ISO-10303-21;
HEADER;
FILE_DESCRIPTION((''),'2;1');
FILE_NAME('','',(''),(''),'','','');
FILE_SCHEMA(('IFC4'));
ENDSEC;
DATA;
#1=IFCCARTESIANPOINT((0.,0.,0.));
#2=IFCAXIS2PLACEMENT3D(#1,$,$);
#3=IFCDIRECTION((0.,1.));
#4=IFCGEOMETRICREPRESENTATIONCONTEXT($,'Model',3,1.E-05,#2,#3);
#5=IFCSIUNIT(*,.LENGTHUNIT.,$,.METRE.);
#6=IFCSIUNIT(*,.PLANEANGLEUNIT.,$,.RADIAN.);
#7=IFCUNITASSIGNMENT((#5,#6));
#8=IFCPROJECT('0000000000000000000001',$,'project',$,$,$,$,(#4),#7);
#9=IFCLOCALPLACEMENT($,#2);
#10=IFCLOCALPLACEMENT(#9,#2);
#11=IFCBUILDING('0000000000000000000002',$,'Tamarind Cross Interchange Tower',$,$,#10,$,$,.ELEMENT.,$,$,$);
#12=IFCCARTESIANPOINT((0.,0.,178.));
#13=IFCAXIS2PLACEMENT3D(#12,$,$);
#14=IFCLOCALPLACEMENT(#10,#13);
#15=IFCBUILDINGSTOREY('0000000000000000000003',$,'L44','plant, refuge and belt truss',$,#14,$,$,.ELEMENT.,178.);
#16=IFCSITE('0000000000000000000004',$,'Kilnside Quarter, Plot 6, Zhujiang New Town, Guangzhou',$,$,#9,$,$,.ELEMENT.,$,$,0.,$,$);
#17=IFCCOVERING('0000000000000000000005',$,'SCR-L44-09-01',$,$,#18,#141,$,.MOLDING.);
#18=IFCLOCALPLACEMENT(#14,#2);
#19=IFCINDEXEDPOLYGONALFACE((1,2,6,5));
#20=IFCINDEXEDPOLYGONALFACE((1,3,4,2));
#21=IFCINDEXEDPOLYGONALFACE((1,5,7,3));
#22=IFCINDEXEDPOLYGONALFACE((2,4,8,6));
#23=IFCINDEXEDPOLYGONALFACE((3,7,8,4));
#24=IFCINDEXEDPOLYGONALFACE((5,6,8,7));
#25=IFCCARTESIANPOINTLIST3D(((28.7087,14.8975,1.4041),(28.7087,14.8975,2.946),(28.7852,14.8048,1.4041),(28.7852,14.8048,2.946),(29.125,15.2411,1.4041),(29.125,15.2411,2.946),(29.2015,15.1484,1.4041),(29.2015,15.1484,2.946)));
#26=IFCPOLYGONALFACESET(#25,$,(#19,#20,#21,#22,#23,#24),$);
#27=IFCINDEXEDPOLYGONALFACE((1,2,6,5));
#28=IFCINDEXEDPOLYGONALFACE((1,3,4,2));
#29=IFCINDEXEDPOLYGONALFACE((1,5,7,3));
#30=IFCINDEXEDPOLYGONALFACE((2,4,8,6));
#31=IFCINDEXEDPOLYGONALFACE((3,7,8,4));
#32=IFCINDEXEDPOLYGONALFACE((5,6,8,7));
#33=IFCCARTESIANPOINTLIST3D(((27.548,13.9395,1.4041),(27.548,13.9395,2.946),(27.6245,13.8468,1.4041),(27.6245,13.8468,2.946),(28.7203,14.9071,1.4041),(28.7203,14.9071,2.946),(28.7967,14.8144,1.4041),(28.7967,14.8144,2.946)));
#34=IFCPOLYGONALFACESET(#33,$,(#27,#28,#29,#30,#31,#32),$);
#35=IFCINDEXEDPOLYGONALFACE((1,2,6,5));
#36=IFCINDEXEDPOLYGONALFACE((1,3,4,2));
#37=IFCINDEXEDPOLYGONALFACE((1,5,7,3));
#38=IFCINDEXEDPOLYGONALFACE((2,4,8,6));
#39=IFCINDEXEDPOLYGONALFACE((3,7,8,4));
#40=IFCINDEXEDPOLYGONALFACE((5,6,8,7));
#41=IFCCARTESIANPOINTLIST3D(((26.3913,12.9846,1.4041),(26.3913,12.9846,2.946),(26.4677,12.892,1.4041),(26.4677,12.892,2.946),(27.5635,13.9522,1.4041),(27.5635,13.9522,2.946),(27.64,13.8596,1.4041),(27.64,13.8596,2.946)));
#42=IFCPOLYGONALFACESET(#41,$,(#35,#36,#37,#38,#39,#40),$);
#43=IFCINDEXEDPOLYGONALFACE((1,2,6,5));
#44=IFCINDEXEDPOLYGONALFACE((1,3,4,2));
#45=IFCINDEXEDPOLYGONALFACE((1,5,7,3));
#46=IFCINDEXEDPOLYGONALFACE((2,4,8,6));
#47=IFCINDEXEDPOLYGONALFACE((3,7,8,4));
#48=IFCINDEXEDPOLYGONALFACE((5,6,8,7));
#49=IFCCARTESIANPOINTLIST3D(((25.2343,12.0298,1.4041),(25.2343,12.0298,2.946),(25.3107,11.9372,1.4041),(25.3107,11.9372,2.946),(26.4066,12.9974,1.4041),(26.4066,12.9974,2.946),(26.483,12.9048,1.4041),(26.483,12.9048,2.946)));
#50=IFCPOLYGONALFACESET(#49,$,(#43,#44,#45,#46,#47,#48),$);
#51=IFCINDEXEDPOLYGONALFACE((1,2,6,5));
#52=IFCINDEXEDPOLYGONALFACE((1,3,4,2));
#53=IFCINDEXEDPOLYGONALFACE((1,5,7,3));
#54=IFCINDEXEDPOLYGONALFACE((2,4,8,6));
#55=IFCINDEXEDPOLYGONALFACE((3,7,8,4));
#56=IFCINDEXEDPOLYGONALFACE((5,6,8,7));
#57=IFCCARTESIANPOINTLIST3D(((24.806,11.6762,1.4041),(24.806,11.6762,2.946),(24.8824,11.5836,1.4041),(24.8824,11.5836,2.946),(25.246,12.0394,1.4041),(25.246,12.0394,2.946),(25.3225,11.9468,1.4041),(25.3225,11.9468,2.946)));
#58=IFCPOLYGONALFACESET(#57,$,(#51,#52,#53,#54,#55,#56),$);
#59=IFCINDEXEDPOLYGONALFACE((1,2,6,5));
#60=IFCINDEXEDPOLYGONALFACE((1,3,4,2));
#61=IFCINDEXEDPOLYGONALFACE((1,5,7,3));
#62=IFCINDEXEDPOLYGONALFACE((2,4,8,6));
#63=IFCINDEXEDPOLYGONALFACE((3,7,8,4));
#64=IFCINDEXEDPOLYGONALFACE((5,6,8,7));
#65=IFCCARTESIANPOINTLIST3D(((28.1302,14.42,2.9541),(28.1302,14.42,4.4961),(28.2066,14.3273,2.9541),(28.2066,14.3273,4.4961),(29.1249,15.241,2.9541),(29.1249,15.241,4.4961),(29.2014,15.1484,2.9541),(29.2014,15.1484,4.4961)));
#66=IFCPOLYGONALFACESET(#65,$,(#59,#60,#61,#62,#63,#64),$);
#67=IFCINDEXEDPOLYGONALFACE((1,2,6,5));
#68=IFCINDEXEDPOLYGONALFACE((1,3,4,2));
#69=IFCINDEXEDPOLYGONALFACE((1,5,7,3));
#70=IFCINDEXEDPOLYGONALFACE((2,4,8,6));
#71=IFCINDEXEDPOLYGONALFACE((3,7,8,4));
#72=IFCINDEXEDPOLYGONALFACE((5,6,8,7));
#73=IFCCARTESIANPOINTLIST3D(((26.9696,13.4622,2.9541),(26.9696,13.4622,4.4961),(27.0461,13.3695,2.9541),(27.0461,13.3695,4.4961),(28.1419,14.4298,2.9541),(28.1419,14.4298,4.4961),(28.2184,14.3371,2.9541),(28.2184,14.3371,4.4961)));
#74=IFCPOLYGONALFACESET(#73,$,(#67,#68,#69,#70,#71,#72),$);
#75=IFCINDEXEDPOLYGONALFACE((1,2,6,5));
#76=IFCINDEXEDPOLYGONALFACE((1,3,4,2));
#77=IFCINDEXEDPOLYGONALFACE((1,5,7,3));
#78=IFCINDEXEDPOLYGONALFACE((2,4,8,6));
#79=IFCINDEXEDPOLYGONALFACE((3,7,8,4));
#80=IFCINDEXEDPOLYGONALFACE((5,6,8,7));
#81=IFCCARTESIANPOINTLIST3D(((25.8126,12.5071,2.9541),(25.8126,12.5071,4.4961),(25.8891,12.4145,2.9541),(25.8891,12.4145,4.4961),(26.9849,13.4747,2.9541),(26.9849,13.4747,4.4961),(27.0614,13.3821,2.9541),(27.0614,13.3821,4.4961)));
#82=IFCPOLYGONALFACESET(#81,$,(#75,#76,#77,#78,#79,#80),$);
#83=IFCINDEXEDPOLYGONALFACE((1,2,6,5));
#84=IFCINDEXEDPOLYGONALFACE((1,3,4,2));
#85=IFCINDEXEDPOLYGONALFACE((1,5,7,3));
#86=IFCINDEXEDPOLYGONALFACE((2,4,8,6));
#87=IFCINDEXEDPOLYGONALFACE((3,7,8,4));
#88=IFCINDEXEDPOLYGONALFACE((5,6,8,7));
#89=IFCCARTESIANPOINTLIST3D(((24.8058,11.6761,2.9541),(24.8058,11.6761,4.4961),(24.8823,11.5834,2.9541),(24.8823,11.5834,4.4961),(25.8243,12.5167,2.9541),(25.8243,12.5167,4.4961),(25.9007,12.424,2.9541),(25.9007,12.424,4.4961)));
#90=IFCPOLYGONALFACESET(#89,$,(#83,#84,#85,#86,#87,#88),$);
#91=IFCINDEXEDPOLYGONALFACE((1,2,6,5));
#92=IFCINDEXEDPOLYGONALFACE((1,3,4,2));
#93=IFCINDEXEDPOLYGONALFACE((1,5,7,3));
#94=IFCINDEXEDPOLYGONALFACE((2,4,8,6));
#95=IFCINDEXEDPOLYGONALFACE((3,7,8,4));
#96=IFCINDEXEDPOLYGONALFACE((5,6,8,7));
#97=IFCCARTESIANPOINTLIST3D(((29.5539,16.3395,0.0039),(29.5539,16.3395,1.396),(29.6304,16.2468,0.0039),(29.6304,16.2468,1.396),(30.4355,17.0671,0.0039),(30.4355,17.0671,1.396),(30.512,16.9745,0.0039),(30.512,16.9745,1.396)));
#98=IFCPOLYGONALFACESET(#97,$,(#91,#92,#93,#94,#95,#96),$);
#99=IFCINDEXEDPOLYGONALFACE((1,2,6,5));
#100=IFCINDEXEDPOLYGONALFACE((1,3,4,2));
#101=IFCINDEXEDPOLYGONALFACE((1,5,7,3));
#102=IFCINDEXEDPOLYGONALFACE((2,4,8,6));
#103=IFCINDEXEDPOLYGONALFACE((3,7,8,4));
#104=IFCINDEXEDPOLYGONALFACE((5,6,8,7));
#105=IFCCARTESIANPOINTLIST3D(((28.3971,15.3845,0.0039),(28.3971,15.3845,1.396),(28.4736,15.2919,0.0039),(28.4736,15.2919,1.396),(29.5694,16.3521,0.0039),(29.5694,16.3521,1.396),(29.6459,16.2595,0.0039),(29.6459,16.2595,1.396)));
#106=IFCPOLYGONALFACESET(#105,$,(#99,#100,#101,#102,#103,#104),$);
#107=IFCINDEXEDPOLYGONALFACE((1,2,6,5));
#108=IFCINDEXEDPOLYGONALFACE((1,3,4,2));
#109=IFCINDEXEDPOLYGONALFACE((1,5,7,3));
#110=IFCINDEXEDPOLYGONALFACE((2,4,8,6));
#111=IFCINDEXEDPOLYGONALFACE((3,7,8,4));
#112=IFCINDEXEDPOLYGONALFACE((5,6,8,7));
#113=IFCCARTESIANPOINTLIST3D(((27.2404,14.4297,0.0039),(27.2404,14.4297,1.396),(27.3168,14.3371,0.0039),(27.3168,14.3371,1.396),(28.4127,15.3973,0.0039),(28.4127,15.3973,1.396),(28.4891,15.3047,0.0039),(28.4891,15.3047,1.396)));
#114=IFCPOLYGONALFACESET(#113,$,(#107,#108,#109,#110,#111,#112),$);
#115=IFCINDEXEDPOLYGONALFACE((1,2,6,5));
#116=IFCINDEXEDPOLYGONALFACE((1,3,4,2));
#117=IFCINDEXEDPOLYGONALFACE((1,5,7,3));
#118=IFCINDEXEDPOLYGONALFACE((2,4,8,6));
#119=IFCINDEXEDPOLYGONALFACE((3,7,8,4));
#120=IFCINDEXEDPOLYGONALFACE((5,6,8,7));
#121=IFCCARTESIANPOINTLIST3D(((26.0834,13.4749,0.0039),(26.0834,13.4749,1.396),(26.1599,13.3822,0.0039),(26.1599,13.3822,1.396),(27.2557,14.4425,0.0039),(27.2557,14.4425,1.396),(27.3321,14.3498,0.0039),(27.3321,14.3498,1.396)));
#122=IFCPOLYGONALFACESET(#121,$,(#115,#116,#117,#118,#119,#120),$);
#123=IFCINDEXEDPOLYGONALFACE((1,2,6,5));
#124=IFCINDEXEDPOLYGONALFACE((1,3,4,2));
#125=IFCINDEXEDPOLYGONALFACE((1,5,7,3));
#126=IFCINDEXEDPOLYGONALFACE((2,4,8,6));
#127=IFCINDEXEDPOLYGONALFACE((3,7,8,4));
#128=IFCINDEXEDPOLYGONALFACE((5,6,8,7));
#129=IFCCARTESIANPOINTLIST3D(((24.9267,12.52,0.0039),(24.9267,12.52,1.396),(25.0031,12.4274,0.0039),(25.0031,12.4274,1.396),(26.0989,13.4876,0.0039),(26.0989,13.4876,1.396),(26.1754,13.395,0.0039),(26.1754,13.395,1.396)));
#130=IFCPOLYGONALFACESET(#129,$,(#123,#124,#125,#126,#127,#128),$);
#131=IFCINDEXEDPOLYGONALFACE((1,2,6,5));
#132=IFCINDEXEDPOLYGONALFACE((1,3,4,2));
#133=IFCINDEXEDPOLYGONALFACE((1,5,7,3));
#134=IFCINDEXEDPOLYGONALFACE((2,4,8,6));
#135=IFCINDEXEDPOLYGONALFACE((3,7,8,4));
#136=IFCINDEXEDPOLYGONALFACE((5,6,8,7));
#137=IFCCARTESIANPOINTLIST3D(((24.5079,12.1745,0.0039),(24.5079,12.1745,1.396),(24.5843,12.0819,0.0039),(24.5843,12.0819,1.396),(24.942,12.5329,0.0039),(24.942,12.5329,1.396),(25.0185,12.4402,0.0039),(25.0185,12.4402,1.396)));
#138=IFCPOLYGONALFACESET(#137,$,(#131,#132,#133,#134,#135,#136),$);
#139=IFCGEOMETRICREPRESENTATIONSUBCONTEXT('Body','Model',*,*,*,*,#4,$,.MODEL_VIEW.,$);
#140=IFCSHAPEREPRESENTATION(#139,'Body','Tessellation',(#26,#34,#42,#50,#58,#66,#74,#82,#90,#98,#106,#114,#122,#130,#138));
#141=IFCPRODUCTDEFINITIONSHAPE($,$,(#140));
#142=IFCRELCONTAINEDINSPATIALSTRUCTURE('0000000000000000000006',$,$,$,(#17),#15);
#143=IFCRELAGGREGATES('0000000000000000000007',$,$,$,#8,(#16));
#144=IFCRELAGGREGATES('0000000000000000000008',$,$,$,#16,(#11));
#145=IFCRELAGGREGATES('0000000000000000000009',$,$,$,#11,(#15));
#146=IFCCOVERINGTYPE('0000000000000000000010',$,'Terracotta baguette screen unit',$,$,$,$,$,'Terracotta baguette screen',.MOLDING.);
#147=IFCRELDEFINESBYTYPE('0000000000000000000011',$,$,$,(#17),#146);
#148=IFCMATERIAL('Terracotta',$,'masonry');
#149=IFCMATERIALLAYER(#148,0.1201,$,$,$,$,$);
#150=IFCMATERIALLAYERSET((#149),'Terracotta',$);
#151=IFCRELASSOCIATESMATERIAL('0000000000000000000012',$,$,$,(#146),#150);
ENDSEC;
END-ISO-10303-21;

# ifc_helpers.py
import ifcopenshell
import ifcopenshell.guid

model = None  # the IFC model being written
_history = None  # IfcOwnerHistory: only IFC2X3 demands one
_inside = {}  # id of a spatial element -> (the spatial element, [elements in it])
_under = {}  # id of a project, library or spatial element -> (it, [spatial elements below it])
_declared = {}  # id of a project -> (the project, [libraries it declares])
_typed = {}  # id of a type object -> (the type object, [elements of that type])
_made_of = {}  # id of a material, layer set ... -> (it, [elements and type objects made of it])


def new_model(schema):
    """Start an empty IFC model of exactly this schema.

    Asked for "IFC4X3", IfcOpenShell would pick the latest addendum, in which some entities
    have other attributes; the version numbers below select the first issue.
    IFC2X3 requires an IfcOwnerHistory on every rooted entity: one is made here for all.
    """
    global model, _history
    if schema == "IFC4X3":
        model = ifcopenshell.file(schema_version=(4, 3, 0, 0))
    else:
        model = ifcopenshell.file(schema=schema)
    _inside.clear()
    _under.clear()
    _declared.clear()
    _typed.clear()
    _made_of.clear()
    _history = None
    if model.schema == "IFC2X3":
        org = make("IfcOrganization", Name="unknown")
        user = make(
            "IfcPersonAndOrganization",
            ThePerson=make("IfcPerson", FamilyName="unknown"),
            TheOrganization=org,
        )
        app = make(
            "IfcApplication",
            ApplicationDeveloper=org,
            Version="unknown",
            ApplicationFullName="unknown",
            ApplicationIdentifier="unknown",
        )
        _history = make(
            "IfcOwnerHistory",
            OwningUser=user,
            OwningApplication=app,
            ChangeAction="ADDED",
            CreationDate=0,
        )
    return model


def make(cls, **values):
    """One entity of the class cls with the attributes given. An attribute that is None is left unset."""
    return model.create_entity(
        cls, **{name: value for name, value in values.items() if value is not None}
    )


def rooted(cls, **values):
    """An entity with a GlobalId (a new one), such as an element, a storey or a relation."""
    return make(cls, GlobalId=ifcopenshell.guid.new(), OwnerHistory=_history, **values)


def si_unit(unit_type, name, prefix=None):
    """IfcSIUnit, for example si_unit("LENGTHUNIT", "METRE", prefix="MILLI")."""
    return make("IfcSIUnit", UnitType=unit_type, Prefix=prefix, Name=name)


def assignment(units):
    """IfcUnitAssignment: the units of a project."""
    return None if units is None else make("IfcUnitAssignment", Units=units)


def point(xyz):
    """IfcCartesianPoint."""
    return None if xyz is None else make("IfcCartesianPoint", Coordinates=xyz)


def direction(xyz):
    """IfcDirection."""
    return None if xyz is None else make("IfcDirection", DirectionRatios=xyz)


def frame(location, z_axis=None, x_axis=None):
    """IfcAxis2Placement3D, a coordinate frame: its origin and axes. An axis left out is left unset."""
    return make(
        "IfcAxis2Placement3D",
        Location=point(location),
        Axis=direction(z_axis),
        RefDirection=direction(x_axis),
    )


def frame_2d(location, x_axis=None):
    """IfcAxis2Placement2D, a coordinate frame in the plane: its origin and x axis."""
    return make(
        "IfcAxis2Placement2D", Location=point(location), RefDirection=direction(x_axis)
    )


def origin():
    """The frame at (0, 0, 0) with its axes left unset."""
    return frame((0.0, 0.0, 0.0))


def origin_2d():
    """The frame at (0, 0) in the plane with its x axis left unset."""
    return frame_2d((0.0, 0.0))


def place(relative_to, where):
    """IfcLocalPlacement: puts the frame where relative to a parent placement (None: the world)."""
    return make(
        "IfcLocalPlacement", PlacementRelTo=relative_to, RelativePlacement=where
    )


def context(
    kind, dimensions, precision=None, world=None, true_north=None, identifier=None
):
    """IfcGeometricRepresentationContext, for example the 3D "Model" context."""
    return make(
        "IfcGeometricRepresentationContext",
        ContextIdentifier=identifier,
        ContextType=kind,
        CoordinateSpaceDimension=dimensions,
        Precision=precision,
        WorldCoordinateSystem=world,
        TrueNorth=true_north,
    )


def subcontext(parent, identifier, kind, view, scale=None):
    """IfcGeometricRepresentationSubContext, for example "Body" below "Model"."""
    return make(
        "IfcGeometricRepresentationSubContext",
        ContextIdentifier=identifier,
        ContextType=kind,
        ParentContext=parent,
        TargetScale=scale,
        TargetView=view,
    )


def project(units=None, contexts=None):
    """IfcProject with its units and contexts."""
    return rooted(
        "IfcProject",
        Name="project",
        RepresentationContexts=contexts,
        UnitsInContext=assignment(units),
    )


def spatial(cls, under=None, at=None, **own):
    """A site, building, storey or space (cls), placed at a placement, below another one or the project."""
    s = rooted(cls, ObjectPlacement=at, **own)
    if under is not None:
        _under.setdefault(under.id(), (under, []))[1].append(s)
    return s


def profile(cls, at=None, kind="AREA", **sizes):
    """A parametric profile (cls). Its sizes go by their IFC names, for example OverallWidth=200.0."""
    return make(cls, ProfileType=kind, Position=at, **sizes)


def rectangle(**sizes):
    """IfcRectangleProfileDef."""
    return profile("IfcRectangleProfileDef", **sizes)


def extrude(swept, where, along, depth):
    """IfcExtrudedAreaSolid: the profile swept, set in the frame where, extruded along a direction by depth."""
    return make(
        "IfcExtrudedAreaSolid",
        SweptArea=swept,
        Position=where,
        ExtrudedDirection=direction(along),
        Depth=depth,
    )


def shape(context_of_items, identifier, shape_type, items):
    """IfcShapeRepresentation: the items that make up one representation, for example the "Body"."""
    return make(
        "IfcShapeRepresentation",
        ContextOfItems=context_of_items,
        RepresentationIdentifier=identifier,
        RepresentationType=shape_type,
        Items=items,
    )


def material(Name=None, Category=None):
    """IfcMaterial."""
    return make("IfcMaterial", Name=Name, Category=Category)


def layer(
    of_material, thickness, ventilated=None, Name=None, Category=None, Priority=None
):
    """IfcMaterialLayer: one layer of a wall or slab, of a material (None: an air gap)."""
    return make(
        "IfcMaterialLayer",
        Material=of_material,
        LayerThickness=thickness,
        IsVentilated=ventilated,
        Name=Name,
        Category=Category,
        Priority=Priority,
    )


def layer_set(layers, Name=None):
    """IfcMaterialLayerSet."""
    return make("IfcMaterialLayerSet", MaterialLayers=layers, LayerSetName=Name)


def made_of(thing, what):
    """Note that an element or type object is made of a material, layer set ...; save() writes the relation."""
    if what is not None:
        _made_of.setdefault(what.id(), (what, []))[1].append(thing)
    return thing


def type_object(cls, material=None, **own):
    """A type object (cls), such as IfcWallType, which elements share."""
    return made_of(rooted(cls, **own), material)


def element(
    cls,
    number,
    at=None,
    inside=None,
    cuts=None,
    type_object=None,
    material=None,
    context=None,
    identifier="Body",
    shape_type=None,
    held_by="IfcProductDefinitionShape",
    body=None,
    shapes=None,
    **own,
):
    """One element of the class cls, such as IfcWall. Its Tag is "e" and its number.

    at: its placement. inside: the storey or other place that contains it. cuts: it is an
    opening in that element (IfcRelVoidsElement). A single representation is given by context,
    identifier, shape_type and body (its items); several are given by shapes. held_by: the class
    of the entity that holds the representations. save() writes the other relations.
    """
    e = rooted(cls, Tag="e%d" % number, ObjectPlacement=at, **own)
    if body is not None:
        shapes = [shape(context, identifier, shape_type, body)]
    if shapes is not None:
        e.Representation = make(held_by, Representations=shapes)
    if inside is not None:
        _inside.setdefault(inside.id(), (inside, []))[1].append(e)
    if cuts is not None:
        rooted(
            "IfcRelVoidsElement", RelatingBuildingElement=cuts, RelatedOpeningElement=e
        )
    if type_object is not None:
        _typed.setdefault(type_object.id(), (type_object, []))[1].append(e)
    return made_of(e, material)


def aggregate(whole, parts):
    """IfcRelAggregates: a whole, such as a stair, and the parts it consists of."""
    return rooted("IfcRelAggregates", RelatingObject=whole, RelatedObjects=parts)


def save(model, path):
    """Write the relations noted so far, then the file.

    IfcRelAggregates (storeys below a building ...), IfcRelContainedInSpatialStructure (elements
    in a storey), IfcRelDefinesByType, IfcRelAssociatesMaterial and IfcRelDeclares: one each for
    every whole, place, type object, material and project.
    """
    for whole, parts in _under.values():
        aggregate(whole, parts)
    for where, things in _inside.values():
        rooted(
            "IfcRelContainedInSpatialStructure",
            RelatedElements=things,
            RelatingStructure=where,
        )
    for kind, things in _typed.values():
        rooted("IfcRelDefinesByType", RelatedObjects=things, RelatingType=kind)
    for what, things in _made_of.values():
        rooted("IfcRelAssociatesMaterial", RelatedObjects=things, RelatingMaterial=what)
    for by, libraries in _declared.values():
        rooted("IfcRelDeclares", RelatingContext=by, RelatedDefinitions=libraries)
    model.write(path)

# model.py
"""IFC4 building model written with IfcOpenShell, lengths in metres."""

from ifc_helpers import new_model, si_unit, direction, frame, origin, origin_2d, place, context, subcontext, project, spatial, rectangle, extrude, material, layer, layer_set, type_object, element, save


model = new_model("IFC4")

# Units and contexts
model_context = context("Model", 3, precision=1e-05, world=origin(), true_north=direction((0.0, 1.0)))
body_context = subcontext(model_context, "Body", "Model", "MODEL_VIEW")
ifc_project = project(units=[si_unit("LENGTHUNIT", "METRE"), si_unit("PLANEANGLEUNIT", "RADIAN")], contexts=[model_context])

# Site, building, storey
site_placement = place(None, origin())
site = spatial("IfcSite", under=ifc_project, at=site_placement, Name="Kilnside Quarter, Plot 6, Zhujiang New Town, Guangzhou", CompositionType="ELEMENT", RefElevation=0.0)
building_placement = place(site_placement, origin())
building = spatial("IfcBuilding", under=site, at=building_placement, Name="Tamarind Cross Interchange Tower", CompositionType="ELEMENT")
storey_placement = place(building_placement, frame((0.0, 0.0, 178.0)))
storey = spatial("IfcBuildingStorey", under=building, at=storey_placement, Name="L44", Description="plant, refuge and belt truss", CompositionType="ELEMENT", Elevation=178.0)

# Covering
ifc_material_1 = material(Name="Terracotta", Category="masonry")
ifc_layer_1 = layer(ifc_material_1, 0.1201)
ifc_layer_set_1 = layer_set([ifc_layer_1], Name="Terracotta")
covering_type = type_object("IfcCoveringType", Name="Terracotta baguette screen unit", ElementType="Terracotta baguette screen", PredefinedType="MOLDING", material=ifc_layer_set_1)
covering_1_placement = place(storey_placement, origin())
element("IfcCovering", 1, at=covering_1_placement, inside=storey, type_object=covering_type, Name="SCR-L44-09-01", PredefinedType="MOLDING", context=body_context, shape_type="SweptSolid", body=[
    extrude(rectangle(XDim=0.5398, YDim=0.1201, at=origin_2d()), frame((28.9551, 15.0229, 1.4041), z_axis=(0.0, 0.0, 1.0), x_axis=(-0.771227, -0.63656, 0.0)), (0.0, 0.0, 1.0), 1.542),
    extrude(rectangle(XDim=1.52, YDim=0.1201, at=origin_2d()), frame((28.1724, 14.377, 1.4041), z_axis=(0.0, 0.0, 1.0), x_axis=(-0.771227, -0.63656, 0.0)), (0.0, 0.0, 1.0), 1.542),
    extrude(rectangle(XDim=1.52, YDim=0.1201, at=origin_2d()), frame((27.0156, 13.4221, 1.4041), z_axis=(0.0, 0.0, 1.0), x_axis=(-0.771227, -0.63656, 0.0)), (0.0, 0.0, 1.0), 1.542),
    extrude(rectangle(XDim=1.52, YDim=0.1201, at=origin_2d()), frame((25.8586, 12.4673, 1.4041), z_axis=(0.0, 0.0, 1.0), x_axis=(-0.771227, -0.63656, 0.0)), (0.0, 0.0, 1.0), 1.542),
    extrude(rectangle(XDim=0.5706, YDim=0.1201, at=origin_2d()), frame((25.0642, 11.8115, 1.4041), z_axis=(0.0, 0.0, 1.0), x_axis=(-0.771227, -0.63656, 0.0)), (0.0, 0.0, 1.0), 1.542),
    extrude(rectangle(XDim=1.2898, YDim=0.1201, at=origin_2d()), frame((28.6658, 14.7842, 2.9541), z_axis=(0.0, 0.0, 1.0), x_axis=(-0.771227, -0.63656, 0.0)), (0.0, 0.0, 1.0), 1.542),
    extrude(rectangle(XDim=1.52, YDim=0.1201, at=origin_2d()), frame((27.594, 13.8997, 2.9541), z_axis=(0.0, 0.0, 1.0), x_axis=(-0.771227, -0.63656, 0.0)), (0.0, 0.0, 1.0), 1.542),
    extrude(rectangle(XDim=1.52, YDim=0.1201, at=origin_2d()), frame((26.437, 12.9446, 2.9541), z_axis=(0.0, 0.0, 1.0), x_axis=(-0.771227, -0.63656, 0.0)), (0.0, 0.0, 1.0), 1.542),
    extrude(rectangle(XDim=1.3206, YDim=0.1201, at=origin_2d()), frame((25.3533, 12.05, 2.9541), z_axis=(0.0, 0.0, 1.0), x_axis=(-0.771227, -0.63656, 0.0)), (0.0, 0.0, 1.0), 1.542),
    extrude(rectangle(XDim=1.1431, YDim=0.1201, at=origin_2d()), frame((30.033, 16.657, 0.0039), z_axis=(0.0, 0.0, 1.0), x_axis=(-0.771227, -0.63656, 0.0)), (0.0, 0.0, 1.0), 1.3921),
    extrude(rectangle(XDim=1.52, YDim=0.1201, at=origin_2d()), frame((29.0215, 15.822, 0.0039), z_axis=(0.0, 0.0, 1.0), x_axis=(-0.771227, -0.63656, 0.0)), (0.0, 0.0, 1.0), 1.3921),
    extrude(rectangle(XDim=1.52, YDim=0.1201, at=origin_2d()), frame((27.8647, 14.8672, 0.0039), z_axis=(0.0, 0.0, 1.0), x_axis=(-0.771227, -0.63656, 0.0)), (0.0, 0.0, 1.0), 1.3921),
    extrude(rectangle(XDim=1.52, YDim=0.1201, at=origin_2d()), frame((26.7078, 13.9124, 0.0039), z_axis=(0.0, 0.0, 1.0), x_axis=(-0.771227, -0.63656, 0.0)), (0.0, 0.0, 1.0), 1.3921),
    extrude(rectangle(XDim=1.52, YDim=0.1201, at=origin_2d()), frame((25.551, 12.9575, 0.0039), z_axis=(0.0, 0.0, 1.0), x_axis=(-0.771227, -0.63656, 0.0)), (0.0, 0.0, 1.0), 1.3921),
    extrude(rectangle(XDim=0.563, YDim=0.1201, at=origin_2d()), frame((24.7632, 12.3074, 0.0039), z_axis=(0.0, 0.0, 1.0), x_axis=(-0.771227, -0.63656, 0.0)), (0.0, 0.0, 1.0), 1.3921),
])

save(model, "model.ifc")
